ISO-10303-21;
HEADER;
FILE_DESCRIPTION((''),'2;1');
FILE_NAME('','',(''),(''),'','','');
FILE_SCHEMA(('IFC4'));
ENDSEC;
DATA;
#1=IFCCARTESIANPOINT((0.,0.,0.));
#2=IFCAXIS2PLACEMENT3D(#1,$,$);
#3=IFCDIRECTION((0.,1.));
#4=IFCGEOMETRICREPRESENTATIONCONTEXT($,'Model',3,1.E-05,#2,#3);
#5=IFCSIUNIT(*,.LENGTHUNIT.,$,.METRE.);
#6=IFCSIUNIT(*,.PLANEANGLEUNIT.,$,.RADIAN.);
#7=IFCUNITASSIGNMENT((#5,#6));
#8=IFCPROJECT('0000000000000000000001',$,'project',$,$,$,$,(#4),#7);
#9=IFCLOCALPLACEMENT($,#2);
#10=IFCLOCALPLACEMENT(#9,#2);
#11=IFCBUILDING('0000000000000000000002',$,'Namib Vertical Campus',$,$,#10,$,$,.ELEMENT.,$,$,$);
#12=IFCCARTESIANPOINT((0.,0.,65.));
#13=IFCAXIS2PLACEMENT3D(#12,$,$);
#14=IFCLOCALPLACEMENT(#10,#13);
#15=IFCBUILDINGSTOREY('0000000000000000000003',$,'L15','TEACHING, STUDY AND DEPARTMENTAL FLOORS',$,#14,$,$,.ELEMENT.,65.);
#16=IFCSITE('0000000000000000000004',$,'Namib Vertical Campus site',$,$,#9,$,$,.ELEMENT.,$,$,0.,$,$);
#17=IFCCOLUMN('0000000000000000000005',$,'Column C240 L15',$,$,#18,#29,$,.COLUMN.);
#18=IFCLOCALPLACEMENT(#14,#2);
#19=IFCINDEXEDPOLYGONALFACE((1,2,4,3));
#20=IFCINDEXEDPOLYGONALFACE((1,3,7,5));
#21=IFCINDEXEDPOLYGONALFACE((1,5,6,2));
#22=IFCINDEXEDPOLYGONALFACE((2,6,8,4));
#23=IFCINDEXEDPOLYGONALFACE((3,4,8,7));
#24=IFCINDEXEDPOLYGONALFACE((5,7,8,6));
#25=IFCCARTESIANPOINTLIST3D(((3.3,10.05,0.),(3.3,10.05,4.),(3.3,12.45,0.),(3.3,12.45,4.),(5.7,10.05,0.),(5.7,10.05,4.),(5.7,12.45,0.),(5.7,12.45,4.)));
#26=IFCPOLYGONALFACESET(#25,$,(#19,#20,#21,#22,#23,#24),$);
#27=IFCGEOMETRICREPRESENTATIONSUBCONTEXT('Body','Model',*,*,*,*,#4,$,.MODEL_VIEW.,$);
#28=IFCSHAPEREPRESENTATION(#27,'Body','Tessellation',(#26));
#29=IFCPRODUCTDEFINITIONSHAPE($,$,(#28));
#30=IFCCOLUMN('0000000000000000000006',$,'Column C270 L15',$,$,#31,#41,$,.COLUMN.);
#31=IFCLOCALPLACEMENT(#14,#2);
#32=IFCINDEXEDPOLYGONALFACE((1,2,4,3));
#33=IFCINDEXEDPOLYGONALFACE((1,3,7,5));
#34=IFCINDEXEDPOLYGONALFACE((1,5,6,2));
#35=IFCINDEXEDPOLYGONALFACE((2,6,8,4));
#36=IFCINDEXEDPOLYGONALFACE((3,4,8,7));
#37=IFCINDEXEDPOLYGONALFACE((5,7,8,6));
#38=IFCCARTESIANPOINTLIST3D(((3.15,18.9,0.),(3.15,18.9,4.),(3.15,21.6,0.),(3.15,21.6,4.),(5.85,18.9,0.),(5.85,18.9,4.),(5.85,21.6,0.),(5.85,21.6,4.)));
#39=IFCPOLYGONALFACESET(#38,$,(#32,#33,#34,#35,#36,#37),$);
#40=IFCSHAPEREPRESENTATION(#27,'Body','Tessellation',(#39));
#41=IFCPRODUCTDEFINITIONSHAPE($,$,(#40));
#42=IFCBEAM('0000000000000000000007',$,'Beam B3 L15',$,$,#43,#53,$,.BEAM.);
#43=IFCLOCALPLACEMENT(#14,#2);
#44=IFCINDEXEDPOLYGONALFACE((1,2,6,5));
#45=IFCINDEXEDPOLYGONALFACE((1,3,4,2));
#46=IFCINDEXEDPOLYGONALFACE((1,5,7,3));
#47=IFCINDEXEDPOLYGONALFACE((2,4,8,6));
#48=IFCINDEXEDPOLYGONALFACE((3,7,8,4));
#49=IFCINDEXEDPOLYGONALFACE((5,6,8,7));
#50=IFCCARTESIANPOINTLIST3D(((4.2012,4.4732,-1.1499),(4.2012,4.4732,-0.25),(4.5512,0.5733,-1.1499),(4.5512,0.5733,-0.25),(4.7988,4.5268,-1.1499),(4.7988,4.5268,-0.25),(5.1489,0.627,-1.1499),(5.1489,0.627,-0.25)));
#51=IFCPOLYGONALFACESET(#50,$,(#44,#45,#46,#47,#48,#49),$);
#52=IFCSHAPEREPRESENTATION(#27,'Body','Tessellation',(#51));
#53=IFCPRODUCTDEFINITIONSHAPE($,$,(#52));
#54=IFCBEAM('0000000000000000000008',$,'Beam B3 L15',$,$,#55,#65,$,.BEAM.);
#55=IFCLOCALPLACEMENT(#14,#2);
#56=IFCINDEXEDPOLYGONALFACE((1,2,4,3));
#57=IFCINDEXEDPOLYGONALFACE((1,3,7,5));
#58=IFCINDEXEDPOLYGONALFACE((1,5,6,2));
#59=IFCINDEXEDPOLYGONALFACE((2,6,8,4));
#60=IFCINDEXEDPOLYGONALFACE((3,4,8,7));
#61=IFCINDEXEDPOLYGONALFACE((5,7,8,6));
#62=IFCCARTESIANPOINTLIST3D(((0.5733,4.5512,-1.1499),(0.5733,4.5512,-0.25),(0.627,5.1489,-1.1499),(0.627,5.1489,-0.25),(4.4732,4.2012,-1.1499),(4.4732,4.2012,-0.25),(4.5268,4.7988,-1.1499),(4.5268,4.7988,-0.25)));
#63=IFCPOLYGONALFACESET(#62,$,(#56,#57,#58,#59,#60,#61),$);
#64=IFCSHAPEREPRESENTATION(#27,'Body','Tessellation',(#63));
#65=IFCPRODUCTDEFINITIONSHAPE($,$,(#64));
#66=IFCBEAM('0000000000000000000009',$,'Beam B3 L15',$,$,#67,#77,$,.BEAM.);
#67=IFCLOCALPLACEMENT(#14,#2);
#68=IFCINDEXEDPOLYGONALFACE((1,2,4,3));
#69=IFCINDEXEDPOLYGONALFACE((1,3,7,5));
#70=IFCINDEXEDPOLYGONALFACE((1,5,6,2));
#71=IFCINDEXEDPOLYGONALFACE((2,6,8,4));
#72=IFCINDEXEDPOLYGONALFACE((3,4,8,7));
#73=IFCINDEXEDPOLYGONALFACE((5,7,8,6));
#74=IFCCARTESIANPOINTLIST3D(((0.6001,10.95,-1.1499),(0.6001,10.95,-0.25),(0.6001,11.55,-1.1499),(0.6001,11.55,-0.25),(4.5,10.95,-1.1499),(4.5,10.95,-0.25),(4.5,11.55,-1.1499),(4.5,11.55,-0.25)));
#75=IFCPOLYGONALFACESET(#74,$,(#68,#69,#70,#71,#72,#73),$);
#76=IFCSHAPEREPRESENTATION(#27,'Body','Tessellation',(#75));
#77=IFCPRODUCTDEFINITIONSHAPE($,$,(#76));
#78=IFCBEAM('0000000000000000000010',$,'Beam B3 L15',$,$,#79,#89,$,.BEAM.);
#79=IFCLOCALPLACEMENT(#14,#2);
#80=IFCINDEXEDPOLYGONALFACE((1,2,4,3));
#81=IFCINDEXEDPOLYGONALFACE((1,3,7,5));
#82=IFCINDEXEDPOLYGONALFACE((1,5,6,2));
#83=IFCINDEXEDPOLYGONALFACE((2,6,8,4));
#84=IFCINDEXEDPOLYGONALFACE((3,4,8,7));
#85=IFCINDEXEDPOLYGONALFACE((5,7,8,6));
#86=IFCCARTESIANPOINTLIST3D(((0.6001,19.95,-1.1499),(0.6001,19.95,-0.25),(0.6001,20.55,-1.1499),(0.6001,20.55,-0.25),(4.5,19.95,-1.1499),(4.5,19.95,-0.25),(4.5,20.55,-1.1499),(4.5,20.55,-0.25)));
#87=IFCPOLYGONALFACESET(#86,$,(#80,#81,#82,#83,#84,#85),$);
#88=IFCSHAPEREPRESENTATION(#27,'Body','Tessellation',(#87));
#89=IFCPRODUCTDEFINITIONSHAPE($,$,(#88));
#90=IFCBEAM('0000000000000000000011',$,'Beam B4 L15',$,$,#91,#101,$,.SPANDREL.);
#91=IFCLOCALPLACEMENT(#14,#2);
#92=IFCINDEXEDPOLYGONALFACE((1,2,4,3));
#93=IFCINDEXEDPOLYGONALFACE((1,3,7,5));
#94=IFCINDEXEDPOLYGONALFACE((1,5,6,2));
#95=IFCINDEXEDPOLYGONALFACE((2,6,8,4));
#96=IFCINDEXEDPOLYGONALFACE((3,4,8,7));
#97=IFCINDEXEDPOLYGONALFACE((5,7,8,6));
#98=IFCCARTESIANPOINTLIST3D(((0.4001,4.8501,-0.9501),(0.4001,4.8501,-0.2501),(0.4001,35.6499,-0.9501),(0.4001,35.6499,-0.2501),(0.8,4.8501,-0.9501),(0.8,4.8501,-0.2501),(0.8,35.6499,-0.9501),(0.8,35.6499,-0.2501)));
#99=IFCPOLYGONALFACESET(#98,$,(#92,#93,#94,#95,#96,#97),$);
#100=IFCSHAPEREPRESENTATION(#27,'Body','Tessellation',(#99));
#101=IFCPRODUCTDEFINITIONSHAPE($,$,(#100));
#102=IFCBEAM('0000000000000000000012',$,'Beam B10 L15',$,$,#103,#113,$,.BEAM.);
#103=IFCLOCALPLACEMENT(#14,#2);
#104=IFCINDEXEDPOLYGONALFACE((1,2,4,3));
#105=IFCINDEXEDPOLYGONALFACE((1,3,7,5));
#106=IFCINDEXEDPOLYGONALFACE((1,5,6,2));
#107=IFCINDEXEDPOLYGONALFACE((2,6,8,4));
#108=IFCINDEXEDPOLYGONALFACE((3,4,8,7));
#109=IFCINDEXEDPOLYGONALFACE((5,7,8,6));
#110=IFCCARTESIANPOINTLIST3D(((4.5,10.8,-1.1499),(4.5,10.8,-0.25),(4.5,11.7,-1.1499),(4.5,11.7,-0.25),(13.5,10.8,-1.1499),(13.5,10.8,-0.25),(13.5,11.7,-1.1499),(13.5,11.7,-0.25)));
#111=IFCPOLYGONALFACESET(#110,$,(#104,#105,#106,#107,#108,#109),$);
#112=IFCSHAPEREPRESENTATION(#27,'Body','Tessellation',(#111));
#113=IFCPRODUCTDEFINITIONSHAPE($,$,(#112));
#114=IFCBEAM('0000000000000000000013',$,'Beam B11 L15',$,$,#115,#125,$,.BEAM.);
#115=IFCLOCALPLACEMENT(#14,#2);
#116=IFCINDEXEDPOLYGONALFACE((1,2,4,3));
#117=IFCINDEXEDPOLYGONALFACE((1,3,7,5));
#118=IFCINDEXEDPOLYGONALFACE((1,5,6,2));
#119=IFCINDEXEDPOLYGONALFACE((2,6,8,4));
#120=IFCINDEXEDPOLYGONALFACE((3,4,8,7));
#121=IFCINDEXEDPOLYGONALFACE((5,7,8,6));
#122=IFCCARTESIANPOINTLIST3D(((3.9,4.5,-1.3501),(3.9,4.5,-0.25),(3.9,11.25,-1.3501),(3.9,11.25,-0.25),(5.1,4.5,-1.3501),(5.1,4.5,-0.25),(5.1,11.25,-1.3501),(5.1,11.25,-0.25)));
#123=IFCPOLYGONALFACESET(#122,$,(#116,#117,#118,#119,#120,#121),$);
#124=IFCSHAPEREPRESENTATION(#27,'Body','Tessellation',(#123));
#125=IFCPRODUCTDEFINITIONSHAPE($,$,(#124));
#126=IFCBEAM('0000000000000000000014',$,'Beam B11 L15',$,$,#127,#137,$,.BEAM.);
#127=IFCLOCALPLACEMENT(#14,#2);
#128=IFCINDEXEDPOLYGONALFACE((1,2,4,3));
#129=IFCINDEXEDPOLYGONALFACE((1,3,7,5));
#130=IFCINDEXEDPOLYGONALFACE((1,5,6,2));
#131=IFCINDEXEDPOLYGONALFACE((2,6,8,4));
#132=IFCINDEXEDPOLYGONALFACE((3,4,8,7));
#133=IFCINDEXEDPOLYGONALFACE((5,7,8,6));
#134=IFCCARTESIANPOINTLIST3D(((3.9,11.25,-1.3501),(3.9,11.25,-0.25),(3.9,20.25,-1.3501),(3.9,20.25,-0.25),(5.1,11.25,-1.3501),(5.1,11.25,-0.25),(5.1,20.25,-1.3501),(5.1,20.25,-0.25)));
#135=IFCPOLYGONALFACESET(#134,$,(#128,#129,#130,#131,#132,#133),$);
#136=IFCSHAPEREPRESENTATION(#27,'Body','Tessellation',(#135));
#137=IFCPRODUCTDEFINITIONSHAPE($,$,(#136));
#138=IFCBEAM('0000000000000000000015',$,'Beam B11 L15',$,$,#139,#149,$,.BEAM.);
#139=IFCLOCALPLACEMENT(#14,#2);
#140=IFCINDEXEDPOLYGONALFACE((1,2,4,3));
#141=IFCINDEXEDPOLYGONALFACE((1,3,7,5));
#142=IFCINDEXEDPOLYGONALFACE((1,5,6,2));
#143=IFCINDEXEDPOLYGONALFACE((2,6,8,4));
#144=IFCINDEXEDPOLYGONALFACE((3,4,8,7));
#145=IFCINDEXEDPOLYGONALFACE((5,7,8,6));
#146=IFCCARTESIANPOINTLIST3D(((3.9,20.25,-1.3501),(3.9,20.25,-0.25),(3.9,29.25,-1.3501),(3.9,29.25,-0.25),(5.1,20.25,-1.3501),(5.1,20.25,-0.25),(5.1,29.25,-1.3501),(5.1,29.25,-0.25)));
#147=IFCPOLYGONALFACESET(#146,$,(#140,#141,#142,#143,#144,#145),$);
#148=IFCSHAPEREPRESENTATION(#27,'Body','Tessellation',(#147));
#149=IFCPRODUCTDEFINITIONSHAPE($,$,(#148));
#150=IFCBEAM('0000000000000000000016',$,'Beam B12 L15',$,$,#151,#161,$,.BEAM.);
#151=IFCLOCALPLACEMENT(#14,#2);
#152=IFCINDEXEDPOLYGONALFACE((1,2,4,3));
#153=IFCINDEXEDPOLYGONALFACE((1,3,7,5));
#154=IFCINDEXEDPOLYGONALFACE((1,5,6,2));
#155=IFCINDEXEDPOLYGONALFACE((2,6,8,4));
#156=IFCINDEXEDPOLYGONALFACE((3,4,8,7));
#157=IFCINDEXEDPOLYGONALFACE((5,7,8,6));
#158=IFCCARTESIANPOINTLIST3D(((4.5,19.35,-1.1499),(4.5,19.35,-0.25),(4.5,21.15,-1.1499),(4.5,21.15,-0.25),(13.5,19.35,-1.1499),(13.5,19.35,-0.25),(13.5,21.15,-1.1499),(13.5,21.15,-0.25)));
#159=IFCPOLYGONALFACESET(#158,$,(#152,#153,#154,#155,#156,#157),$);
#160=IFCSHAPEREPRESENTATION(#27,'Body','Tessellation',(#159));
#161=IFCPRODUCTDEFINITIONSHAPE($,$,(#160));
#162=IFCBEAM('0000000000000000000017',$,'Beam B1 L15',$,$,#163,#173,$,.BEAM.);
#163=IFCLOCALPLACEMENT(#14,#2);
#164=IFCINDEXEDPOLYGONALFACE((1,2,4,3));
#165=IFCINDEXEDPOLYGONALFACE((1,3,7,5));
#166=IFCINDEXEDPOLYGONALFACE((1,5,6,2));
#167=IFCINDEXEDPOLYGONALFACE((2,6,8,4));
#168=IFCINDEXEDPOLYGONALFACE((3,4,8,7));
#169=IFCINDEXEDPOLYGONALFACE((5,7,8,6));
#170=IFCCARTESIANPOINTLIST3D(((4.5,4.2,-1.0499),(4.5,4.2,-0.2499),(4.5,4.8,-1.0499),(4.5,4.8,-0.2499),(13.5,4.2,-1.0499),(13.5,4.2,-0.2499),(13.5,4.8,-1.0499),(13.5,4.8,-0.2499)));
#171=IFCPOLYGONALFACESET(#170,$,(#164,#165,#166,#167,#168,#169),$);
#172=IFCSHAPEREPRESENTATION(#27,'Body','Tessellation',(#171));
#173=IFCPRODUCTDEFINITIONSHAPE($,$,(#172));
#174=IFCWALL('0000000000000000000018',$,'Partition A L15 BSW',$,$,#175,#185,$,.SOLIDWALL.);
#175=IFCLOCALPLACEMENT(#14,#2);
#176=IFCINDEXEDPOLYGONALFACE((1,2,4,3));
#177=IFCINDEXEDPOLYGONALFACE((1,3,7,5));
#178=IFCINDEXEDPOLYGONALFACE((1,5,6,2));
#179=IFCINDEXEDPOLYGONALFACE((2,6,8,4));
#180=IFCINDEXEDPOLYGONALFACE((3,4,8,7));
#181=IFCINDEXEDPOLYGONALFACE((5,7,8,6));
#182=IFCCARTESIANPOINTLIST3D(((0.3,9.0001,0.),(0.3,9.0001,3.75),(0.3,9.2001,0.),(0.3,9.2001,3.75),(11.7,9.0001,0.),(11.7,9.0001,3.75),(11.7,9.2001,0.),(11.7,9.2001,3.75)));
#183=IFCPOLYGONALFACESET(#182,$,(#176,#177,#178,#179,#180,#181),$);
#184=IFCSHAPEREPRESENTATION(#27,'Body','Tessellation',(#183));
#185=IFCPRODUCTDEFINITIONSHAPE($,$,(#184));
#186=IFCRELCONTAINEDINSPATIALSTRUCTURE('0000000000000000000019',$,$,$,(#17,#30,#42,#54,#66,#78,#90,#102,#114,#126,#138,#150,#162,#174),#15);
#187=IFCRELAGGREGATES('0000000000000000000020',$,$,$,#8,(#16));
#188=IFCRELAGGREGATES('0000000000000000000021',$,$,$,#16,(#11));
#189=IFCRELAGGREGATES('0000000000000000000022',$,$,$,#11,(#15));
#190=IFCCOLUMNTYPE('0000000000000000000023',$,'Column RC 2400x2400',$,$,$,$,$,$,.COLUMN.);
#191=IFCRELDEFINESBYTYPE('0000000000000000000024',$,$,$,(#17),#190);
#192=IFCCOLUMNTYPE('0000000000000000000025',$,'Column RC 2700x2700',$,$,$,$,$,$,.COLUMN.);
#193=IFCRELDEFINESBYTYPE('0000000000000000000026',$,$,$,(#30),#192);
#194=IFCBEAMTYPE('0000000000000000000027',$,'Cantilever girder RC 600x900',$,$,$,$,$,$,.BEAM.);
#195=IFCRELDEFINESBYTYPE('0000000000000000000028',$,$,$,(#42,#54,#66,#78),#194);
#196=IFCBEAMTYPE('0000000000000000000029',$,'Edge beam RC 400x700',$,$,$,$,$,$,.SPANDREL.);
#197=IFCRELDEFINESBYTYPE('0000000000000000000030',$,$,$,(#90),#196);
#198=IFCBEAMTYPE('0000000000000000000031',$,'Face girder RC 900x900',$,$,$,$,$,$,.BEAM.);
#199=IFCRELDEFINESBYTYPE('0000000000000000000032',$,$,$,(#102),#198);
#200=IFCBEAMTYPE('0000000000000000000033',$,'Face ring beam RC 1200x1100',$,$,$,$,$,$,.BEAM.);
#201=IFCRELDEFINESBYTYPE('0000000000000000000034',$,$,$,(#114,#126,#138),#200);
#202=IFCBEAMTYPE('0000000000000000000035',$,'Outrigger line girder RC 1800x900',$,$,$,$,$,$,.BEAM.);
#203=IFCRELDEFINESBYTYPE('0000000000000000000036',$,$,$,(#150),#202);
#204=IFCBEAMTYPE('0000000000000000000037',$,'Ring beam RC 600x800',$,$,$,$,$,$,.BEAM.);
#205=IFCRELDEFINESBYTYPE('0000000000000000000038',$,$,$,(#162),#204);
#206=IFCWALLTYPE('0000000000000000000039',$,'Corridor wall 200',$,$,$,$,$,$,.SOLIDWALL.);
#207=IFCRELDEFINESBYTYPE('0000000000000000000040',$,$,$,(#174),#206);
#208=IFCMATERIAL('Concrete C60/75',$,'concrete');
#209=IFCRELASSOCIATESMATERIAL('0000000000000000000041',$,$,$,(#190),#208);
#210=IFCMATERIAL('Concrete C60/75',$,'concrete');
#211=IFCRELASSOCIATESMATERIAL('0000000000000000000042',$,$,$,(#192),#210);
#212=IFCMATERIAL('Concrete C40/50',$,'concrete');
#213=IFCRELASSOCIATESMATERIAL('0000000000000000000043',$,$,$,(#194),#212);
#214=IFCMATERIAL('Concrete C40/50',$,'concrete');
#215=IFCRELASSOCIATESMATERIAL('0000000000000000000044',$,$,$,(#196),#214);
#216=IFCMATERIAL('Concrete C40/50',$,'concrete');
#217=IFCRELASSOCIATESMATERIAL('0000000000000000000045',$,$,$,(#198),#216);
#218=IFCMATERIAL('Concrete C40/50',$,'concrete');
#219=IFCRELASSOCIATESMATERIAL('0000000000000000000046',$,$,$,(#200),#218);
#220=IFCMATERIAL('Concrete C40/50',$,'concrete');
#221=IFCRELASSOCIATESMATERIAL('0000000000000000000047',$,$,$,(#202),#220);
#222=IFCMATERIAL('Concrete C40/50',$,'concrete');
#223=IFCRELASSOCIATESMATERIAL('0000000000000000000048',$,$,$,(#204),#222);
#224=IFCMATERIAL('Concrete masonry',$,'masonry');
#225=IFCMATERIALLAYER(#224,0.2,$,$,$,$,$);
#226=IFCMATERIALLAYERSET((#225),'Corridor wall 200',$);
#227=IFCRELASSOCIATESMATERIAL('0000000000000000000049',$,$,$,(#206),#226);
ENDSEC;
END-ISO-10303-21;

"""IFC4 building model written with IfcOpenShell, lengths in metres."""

from ifc_helpers import new_model, si_unit, direction, frame, frame_2d, origin, origin_2d, place, context, subcontext, project, spatial, rectangle, extrude, material, layer, layer_set, material_profile, profile_set, type_object, element, save


model = new_model("IFC4")

# Units and contexts
model_context = context("Model", 3, precision=1e-05, world=origin(), true_north=direction((0.0, 1.0)))
body_context = subcontext(model_context, "Body", "Model", "MODEL_VIEW")
ifc_project = project(units=[si_unit("LENGTHUNIT", "METRE"), si_unit("PLANEANGLEUNIT", "RADIAN")], contexts=[model_context])

# Site, building, storey
site_placement = place(None, origin())
site = spatial("IfcSite", under=ifc_project, at=site_placement, Name="Namib Vertical Campus site", CompositionType="ELEMENT", RefElevation=0.0)
building_placement = place(site_placement, origin())
building = spatial("IfcBuilding", under=site, at=building_placement, Name="Namib Vertical Campus", CompositionType="ELEMENT")
storey_placement = place(building_placement, frame((0.0, 0.0, 65.0)))
storey = spatial("IfcBuildingStorey", under=building, at=storey_placement, Name="L15", Description="TEACHING, STUDY AND DEPARTMENTAL FLOORS", CompositionType="ELEMENT", Elevation=65.0)

# Columns
ifc_material_1 = material(Name="Concrete C60/75", Category="concrete")
ifc_material_profile_1 = material_profile(ifc_material_1, rectangle(XDim=2.3999, YDim=2.3999, at=origin_2d()))
ifc_profile_set_1 = profile_set([ifc_material_profile_1], Name="Concrete C60/75")
column_type_1 = type_object("IfcColumnType", Name="Column RC 2400x2400", PredefinedType="COLUMN", material=ifc_profile_set_1)
column_1_placement = place(storey_placement, frame((4.5, 11.25, 0.0), z_axis=(0.0, 0.0, 1.0), x_axis=(1.0, 0.0, 0.0)))
element("IfcColumn", 1, at=column_1_placement, inside=storey, type_object=column_type_1, Name="Column C240 L15", PredefinedType="COLUMN", context=body_context, shape_type="SweptSolid", body=[
    extrude(rectangle(XDim=2.3999, YDim=2.3999, at=origin_2d()), origin(), (0.0, 0.0, 1.0), 4.0),
])
ifc_material_2 = material(Name="Concrete C60/75", Category="concrete")
ifc_material_profile_2 = material_profile(ifc_material_2, rectangle(XDim=2.7, YDim=2.7, at=origin_2d()))
ifc_profile_set_2 = profile_set([ifc_material_profile_2], Name="Concrete C60/75")
column_type_2 = type_object("IfcColumnType", Name="Column RC 2700x2700", PredefinedType="COLUMN", material=ifc_profile_set_2)
column_2_placement = place(storey_placement, frame((4.5, 20.25, 0.0), z_axis=(0.0, 0.0, 1.0), x_axis=(1.0, 0.0, 0.0)))
element("IfcColumn", 2, at=column_2_placement, inside=storey, type_object=column_type_2, Name="Column C270 L15", PredefinedType="COLUMN", context=body_context, shape_type="SweptSolid", body=[
    extrude(rectangle(XDim=2.7, YDim=2.7, at=origin_2d()), origin(), (0.0, 0.0, 1.0), 4.0),
])

# Beams
ifc_material_3 = material(Name="Concrete C40/50", Category="concrete")
ifc_material_profile_3 = material_profile(ifc_material_3, rectangle(XDim=0.6001, YDim=0.8999, at=origin_2d()))
ifc_profile_set_3 = profile_set([ifc_material_profile_3], Name="Concrete C40/50")
beam_type_1 = type_object("IfcBeamType", Name="Cantilever girder RC 600x900", PredefinedType="BEAM", material=ifc_profile_set_3)
for number, where, z_axis, x_axis, name in (
    (3, (4.5, 4.5, -0.7), (0.089411, -0.995995, 0.0), (0.995995, 0.089411, 0.0), "Beam B3 L15"),
    (4, (4.5, 4.5, -0.7), (-0.995995, 0.089411, 0.0), (-0.089411, -0.995995, 0.0), "Beam B3 L15"),
):
    element("IfcBeam", number, at=place(storey_placement, frame(where, z_axis=z_axis, x_axis=x_axis)), inside=storey, type_object=beam_type_1, Name=name, PredefinedType="BEAM", context=body_context, shape_type="SweptSolid", body=[
        extrude(rectangle(XDim=0.6001, YDim=0.8999, at=origin_2d()), origin(), (0.0, 0.0, 1.0), 3.9155),
    ])
for number, where, z_axis, x_axis, name in (
    (5, (4.5, 11.25, -0.7), (-1.0, 0.0, 0.0), (0.0, -1.0, 0.0), "Beam B3 L15"),
    (6, (4.5, 20.25, -0.7), (-1.0, 0.0, 0.0), (0.0, -1.0, 0.0), "Beam B3 L15"),
):
    element("IfcBeam", number, at=place(storey_placement, frame(where, z_axis=z_axis, x_axis=x_axis)), inside=storey, type_object=beam_type_1, Name=name, PredefinedType="BEAM", context=body_context, shape_type="SweptSolid", body=[
        extrude(rectangle(XDim=0.6001, YDim=0.8999, at=origin_2d()), origin(), (0.0, 0.0, 1.0), 3.8999),
    ])
ifc_material_4 = material(Name="Concrete C40/50", Category="concrete")
ifc_material_profile_4 = material_profile(ifc_material_4, rectangle(XDim=0.3999, YDim=0.7, at=origin_2d()))
ifc_profile_set_4 = profile_set([ifc_material_profile_4], Name="Concrete C40/50")
beam_type_2 = type_object("IfcBeamType", Name="Edge beam RC 400x700", PredefinedType="SPANDREL", material=ifc_profile_set_4)
beam_1_placement = place(storey_placement, frame((0.6001, 4.8501, -0.6001), z_axis=(0.0, 1.0, 0.0), x_axis=(-1.0, 0.0, 0.0)))
element("IfcBeam", 7, at=beam_1_placement, inside=storey, type_object=beam_type_2, Name="Beam B4 L15", PredefinedType="SPANDREL", context=body_context, shape_type="SweptSolid", body=[
    extrude(rectangle(XDim=0.3999, YDim=0.7, at=origin_2d()), origin(), (0.0, 0.0, 1.0), 30.7998),
])
ifc_material_5 = material(Name="Concrete C40/50", Category="concrete")
ifc_material_profile_5 = material_profile(ifc_material_5, rectangle(XDim=0.8999, YDim=0.8999, at=origin_2d()))
ifc_profile_set_5 = profile_set([ifc_material_profile_5], Name="Concrete C40/50")
beam_type_3 = type_object("IfcBeamType", Name="Face girder RC 900x900", PredefinedType="BEAM", material=ifc_profile_set_5)
beam_2_placement = place(storey_placement, frame((4.5, 11.25, -0.7), z_axis=(1.0, 0.0, 0.0), x_axis=(0.0, 1.0, 0.0)))
element("IfcBeam", 8, at=beam_2_placement, inside=storey, type_object=beam_type_3, Name="Beam B10 L15", PredefinedType="BEAM", context=body_context, shape_type="SweptSolid", body=[
    extrude(rectangle(XDim=0.8999, YDim=0.8999, at=origin_2d()), origin(), (0.0, 0.0, 1.0), 9.0),
])
ifc_material_6 = material(Name="Concrete C40/50", Category="concrete")
ifc_material_profile_6 = material_profile(ifc_material_6, rectangle(XDim=1.2, YDim=1.1001, at=origin_2d()))
ifc_profile_set_6 = profile_set([ifc_material_profile_6], Name="Concrete C40/50")
beam_type_4 = type_object("IfcBeamType", Name="Face ring beam RC 1200x1100", PredefinedType="BEAM", material=ifc_profile_set_6)
beam_3_placement = place(storey_placement, frame((4.5, 4.5, -0.8), z_axis=(0.0, 1.0, 0.0), x_axis=(-1.0, 0.0, 0.0)))
element("IfcBeam", 9, at=beam_3_placement, inside=storey, type_object=beam_type_4, Name="Beam B11 L15", PredefinedType="BEAM", context=body_context, shape_type="SweptSolid", body=[
    extrude(rectangle(XDim=1.2, YDim=1.1001, at=origin_2d()), origin(), (0.0, 0.0, 1.0), 6.75),
])
for number, where, z_axis, x_axis, name in (
    (10, (4.5, 11.25, -0.8), (0.0, 1.0, 0.0), (-1.0, 0.0, 0.0), "Beam B11 L15"),
    (11, (4.5, 20.25, -0.8), (0.0, 1.0, 0.0), (-1.0, 0.0, 0.0), "Beam B11 L15"),
):
    element("IfcBeam", number, at=place(storey_placement, frame(where, z_axis=z_axis, x_axis=x_axis)), inside=storey, type_object=beam_type_4, Name=name, PredefinedType="BEAM", context=body_context, shape_type="SweptSolid", body=[
        extrude(rectangle(XDim=1.2, YDim=1.1001, at=origin_2d()), origin(), (0.0, 0.0, 1.0), 9.0),
    ])
ifc_material_7 = material(Name="Concrete C40/50", Category="concrete")
ifc_material_profile_7 = material_profile(ifc_material_7, rectangle(XDim=1.8, YDim=0.8999, at=origin_2d()))
ifc_profile_set_7 = profile_set([ifc_material_profile_7], Name="Concrete C40/50")
beam_type_5 = type_object("IfcBeamType", Name="Outrigger line girder RC 1800x900", PredefinedType="BEAM", material=ifc_profile_set_7)
beam_4_placement = place(storey_placement, frame((4.5, 20.25, -0.7), z_axis=(1.0, 0.0, 0.0), x_axis=(0.0, 1.0, 0.0)))
element("IfcBeam", 12, at=beam_4_placement, inside=storey, type_object=beam_type_5, Name="Beam B12 L15", PredefinedType="BEAM", context=body_context, shape_type="SweptSolid", body=[
    extrude(rectangle(XDim=1.8, YDim=0.8999, at=origin_2d()), origin(), (0.0, 0.0, 1.0), 9.0),
])
ifc_material_8 = material(Name="Concrete C40/50", Category="concrete")
ifc_material_profile_8 = material_profile(ifc_material_8, rectangle(XDim=0.6001, YDim=0.8, at=origin_2d()))
ifc_profile_set_8 = profile_set([ifc_material_profile_8], Name="Concrete C40/50")
beam_type_6 = type_object("IfcBeamType", Name="Ring beam RC 600x800", PredefinedType="BEAM", material=ifc_profile_set_8)
beam_5_placement = place(storey_placement, frame((4.5, 4.5, -0.6499), z_axis=(1.0, 0.0, 0.0), x_axis=(0.0, 1.0, 0.0)))
element("IfcBeam", 13, at=beam_5_placement, inside=storey, type_object=beam_type_6, Name="Beam B1 L15", PredefinedType="BEAM", context=body_context, shape_type="SweptSolid", body=[
    extrude(rectangle(XDim=0.6001, YDim=0.8, at=origin_2d()), origin(), (0.0, 0.0, 1.0), 9.0),
])

# Wall
ifc_material_9 = material(Name="Concrete masonry", Category="masonry")
ifc_layer_1 = layer(ifc_material_9, 0.2)
ifc_layer_set_1 = layer_set([ifc_layer_1], Name="Corridor wall 200")
wall_type_1 = type_object("IfcWallType", Name="Corridor wall 200", PredefinedType="SOLIDWALL", material=ifc_layer_set_1)
wall_1_placement = place(storey_placement, frame((0.3, 9.1001, 0.0), z_axis=(0.0, 0.0, 1.0), x_axis=(1.0, 0.0, 0.0)))
element("IfcWall", 14, at=wall_1_placement, inside=storey, type_object=wall_type_1, Name="Partition A L15 BSW", PredefinedType="SOLIDWALL", context=body_context, shape_type="SweptSolid", body=[
    extrude(rectangle(XDim=11.3999, YDim=0.2, at=frame_2d((5.7, 0.0))), origin(), (0.0, 0.0, 1.0), 3.75),
])

save(model, "model.ifc")
